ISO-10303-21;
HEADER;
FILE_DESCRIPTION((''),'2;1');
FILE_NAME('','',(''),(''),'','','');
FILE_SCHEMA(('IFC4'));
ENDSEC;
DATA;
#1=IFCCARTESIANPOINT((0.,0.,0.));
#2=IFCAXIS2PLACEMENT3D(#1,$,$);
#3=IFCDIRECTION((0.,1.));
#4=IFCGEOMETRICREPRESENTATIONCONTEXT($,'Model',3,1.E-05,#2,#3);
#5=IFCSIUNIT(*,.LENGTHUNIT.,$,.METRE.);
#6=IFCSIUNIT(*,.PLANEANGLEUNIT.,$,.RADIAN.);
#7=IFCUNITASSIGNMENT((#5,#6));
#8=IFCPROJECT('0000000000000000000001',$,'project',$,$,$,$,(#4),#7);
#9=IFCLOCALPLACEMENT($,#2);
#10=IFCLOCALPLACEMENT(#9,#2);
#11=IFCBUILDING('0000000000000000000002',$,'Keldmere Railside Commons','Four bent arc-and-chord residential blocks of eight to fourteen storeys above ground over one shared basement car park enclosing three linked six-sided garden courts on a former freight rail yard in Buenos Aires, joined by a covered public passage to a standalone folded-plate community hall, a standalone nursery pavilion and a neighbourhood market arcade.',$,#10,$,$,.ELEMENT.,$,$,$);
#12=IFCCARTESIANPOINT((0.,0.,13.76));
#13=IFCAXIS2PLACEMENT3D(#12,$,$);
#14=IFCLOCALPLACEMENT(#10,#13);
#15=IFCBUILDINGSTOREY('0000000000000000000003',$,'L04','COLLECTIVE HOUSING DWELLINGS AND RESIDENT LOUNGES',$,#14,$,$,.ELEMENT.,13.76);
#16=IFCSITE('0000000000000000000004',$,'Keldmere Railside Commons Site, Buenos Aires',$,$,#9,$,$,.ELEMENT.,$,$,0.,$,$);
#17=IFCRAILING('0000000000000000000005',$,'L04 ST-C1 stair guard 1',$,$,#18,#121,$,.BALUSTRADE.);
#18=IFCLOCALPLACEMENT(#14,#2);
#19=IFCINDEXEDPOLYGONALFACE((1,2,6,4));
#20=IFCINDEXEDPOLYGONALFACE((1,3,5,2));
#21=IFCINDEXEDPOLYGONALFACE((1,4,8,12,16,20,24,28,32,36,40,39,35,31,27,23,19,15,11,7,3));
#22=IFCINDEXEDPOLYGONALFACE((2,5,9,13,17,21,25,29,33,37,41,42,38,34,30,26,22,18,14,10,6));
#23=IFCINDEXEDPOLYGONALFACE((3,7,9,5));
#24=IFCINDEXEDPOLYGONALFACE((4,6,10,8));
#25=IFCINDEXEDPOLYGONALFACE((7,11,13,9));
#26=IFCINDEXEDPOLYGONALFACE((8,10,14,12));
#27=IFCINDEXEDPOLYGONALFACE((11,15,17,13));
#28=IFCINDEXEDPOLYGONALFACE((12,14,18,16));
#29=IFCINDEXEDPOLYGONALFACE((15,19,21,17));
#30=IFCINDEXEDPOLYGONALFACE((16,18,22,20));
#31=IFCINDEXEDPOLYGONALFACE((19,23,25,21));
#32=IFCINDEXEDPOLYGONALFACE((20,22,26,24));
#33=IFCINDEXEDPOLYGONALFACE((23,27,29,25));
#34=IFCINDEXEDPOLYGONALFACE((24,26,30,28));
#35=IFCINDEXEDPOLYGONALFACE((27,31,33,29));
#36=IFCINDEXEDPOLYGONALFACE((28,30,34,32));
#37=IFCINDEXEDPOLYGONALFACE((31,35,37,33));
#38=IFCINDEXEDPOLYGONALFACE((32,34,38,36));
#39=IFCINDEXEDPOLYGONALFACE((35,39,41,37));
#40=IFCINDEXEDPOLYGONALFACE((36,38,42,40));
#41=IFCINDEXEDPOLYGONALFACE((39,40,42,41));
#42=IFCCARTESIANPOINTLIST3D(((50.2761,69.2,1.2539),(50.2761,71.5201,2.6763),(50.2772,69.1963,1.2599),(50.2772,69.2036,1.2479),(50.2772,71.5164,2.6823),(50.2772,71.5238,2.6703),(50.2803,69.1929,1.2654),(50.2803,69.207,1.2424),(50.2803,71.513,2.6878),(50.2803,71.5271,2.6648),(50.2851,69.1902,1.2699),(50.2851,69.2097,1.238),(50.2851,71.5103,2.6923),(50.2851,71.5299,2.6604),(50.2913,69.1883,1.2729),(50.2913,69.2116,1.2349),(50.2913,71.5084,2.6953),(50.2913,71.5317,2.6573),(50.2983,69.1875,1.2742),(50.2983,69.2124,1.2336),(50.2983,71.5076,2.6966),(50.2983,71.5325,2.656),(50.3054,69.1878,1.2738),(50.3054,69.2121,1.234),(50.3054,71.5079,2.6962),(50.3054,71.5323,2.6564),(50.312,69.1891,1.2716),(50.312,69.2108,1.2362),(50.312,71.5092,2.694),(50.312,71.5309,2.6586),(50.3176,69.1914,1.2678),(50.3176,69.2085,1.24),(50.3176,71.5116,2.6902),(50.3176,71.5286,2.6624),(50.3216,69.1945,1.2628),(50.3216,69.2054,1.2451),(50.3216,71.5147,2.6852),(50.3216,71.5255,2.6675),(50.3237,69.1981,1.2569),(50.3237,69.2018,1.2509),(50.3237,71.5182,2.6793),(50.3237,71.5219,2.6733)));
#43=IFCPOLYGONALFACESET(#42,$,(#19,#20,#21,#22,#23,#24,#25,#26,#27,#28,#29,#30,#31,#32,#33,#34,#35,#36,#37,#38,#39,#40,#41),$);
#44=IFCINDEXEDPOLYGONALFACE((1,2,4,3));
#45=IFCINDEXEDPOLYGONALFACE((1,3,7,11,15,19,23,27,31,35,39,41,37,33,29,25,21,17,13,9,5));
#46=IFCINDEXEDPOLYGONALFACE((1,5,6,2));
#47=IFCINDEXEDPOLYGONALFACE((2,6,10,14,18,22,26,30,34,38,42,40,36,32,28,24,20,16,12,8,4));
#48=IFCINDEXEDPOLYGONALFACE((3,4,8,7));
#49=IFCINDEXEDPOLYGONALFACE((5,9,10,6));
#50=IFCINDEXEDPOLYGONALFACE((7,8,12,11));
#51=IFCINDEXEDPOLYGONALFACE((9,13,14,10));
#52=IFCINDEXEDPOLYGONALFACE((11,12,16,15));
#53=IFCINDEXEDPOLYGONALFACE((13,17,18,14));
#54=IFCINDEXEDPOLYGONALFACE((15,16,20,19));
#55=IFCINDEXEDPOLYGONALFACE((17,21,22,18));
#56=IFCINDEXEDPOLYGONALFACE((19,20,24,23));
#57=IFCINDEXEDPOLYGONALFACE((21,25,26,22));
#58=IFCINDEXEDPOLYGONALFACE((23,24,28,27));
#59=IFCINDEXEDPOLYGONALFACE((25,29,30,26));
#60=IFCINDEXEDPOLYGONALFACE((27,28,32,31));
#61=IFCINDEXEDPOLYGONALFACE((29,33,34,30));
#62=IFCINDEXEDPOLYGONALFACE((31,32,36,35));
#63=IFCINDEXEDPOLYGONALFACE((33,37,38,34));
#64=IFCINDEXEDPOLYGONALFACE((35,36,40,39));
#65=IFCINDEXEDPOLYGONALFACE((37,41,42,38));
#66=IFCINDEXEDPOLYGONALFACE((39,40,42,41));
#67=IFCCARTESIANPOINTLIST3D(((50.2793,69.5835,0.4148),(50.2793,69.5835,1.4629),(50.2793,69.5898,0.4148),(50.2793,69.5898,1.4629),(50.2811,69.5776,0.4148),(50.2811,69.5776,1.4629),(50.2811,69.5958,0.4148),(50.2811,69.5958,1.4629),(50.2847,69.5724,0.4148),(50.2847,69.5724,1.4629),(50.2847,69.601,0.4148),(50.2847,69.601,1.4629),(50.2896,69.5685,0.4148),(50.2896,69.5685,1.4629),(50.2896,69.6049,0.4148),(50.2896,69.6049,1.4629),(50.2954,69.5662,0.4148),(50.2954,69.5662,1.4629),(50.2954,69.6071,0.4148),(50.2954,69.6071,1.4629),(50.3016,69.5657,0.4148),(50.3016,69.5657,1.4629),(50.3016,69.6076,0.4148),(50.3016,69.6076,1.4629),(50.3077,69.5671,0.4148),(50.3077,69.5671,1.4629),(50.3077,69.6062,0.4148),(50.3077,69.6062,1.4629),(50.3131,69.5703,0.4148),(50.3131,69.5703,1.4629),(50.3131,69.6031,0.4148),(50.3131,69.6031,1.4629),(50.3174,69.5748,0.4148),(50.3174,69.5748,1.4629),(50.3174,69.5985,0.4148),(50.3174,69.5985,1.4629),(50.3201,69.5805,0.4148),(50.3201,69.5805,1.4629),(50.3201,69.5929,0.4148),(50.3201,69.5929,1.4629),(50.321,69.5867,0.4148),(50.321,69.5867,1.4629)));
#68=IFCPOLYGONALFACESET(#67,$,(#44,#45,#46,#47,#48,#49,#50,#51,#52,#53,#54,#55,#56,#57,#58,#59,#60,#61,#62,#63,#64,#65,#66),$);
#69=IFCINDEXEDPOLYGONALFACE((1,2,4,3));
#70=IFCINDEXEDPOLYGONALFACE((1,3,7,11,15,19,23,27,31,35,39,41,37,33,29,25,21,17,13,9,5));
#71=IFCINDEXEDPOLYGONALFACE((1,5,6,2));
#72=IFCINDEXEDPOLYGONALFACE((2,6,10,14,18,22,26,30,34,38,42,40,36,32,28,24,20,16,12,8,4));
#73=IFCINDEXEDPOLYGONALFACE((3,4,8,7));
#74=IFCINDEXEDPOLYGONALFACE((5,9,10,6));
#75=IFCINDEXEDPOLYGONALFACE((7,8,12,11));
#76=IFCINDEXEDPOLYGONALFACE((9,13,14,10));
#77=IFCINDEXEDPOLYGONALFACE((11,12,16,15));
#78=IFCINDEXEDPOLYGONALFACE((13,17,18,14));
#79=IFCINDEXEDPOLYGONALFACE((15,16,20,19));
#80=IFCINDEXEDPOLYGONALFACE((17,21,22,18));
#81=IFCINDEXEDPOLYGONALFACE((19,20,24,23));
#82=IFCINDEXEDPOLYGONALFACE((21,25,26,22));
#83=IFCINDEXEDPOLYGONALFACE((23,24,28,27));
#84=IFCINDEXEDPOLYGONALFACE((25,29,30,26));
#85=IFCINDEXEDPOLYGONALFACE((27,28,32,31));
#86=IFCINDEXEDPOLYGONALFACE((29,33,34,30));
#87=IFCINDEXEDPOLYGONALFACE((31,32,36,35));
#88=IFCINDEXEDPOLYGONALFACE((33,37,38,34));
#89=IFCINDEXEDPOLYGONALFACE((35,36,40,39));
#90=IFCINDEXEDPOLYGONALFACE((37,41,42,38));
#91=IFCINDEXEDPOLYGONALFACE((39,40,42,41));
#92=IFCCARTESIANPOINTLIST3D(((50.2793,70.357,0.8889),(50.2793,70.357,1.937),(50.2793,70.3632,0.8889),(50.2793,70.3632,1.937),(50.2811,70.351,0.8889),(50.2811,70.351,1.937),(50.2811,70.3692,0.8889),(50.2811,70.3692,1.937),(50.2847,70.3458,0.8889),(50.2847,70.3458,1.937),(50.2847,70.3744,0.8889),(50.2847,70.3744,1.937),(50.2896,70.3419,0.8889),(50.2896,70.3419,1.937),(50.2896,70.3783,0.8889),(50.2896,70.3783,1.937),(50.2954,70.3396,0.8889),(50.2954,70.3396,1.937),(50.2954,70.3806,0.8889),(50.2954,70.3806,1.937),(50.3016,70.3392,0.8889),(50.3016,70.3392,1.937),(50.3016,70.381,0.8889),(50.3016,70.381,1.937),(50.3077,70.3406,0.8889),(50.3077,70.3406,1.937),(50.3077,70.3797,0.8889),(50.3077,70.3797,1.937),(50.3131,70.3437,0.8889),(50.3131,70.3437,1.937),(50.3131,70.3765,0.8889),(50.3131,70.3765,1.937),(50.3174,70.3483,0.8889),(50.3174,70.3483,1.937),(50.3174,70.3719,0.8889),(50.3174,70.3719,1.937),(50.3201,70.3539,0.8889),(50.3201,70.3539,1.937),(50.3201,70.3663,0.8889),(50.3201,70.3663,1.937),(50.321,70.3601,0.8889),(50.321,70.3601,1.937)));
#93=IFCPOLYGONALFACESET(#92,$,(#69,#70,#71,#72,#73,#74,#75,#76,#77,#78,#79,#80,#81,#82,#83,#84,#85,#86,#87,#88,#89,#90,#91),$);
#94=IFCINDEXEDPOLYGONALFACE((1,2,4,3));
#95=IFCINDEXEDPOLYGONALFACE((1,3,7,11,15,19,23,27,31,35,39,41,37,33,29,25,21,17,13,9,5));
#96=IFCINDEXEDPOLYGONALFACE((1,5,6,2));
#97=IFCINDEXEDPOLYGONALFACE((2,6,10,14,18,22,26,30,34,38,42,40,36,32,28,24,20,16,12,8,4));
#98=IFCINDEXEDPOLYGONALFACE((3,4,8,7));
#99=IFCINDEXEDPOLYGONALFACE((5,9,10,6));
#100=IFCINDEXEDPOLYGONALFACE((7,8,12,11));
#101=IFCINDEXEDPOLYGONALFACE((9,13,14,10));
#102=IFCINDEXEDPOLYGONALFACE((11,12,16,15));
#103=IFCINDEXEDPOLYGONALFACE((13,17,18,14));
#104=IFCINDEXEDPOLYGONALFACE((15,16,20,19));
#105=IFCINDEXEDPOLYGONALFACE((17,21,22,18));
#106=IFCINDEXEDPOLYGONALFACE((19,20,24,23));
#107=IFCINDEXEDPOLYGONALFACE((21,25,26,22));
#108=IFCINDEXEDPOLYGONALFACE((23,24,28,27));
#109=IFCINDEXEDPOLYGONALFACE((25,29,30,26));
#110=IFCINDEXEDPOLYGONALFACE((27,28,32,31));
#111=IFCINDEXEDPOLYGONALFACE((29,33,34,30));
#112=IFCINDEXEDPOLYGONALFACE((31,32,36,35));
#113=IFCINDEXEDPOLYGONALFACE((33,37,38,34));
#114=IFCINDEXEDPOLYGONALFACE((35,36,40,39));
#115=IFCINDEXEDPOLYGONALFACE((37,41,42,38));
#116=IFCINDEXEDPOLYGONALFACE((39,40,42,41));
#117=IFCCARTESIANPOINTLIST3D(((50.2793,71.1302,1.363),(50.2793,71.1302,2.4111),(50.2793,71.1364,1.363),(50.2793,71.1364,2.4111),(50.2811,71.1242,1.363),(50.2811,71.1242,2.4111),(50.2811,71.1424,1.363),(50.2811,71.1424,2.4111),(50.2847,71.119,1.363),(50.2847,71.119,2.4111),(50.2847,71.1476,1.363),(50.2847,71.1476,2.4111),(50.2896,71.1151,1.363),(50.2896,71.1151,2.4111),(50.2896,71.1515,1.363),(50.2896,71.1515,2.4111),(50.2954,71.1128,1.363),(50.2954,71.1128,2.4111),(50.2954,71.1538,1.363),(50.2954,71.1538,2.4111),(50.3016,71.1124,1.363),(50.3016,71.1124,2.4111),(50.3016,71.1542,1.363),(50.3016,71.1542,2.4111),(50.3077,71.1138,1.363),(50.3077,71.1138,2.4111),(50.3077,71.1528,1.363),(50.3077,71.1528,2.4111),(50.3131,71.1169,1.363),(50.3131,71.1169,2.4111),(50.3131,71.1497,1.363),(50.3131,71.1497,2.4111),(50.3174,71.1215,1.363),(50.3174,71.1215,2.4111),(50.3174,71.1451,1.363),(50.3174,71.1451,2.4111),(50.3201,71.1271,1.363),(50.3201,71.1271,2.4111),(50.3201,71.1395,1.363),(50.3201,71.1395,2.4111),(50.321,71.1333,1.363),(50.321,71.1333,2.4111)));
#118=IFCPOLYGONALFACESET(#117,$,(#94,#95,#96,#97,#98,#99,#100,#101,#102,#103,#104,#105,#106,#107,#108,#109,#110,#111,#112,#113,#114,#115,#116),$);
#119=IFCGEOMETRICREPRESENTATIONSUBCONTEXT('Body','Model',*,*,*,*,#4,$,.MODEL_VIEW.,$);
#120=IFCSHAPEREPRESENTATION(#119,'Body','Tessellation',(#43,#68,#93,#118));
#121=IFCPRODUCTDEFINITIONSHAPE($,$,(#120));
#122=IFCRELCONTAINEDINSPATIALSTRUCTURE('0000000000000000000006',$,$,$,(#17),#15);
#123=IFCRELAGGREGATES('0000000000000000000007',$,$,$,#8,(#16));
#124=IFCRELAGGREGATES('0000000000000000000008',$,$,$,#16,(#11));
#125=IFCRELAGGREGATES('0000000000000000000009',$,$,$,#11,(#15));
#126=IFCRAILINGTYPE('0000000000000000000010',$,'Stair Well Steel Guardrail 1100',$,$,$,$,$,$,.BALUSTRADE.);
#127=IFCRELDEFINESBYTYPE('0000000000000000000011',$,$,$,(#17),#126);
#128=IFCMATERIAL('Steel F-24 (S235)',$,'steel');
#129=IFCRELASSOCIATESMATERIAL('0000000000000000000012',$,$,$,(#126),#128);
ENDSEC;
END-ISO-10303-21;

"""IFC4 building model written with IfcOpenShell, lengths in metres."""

from ifc_helpers import new_model, si_unit, direction, frame, origin, origin_2d, place, context, subcontext, project, spatial, circle, extrude, material, type_object, element, save


model = new_model("IFC4")

# Units and contexts
model_context = context("Model", 3, precision=1e-05, world=origin(), true_north=direction((0.0, 1.0)))
body_context = subcontext(model_context, "Body", "Model", "MODEL_VIEW")
ifc_project = project(units=[si_unit("LENGTHUNIT", "METRE"), si_unit("PLANEANGLEUNIT", "RADIAN")], contexts=[model_context])

# Site, building, storey
site_placement = place(None, origin())
site = spatial("IfcSite", under=ifc_project, at=site_placement, Name="Keldmere Railside Commons Site, Buenos Aires", CompositionType="ELEMENT", RefElevation=0.0)
building_placement = place(site_placement, origin())
building = spatial("IfcBuilding", under=site, at=building_placement, Name="Keldmere Railside Commons", Description="Four bent arc-and-chord residential blocks of eight to fourteen storeys above ground over one shared basement car park enclosing three linked six-sided garden courts on a former freight rail yard in Buenos Aires, joined by a covered public passage to a standalone folded-plate community hall, a standalone nursery pavilion and a neighbourhood market arcade.", CompositionType="ELEMENT")
storey_placement = place(building_placement, frame((0.0, 0.0, 13.76)))
storey = spatial("IfcBuildingStorey", under=building, at=storey_placement, Name="L04", Description="COLLECTIVE HOUSING DWELLINGS AND RESIDENT LOUNGES", CompositionType="ELEMENT", Elevation=13.76)

# Railing
ifc_material_1 = material(Name="Steel F-24 (S235)", Category="steel")
railing_type_1 = type_object("IfcRailingType", Name="Stair Well Steel Guardrail 1100", PredefinedType="BALUSTRADE", material=ifc_material_1)
railing_1_placement = place(storey_placement, frame((50.3, 69.2, 0.1777)))
element("IfcRailing", 1, at=railing_1_placement, inside=storey, type_object=railing_type_1, Name="L04 ST-C1 stair guard 1", PredefinedType="BALUSTRADE", context=body_context, shape_type="SweptSolid", body=[
    extrude(circle(Radius=0.0239, at=origin_2d()), frame((0.0, 0.0, 1.0762), z_axis=(0.0, 0.852538, 0.522665), x_axis=(-1.0, 0.0, 0.0)), (0.0, 0.0, 1.0), 2.7214),
    extrude(circle(Radius=0.021, at=origin_2d()), frame((0.0, 0.3867, 0.2371)), (0.0, 0.0, 1.0), 1.0481),
    extrude(circle(Radius=0.021, at=origin_2d()), frame((0.0, 1.1602, 0.7112)), (0.0, 0.0, 1.0), 1.0481),
    extrude(circle(Radius=0.021, at=origin_2d()), frame((0.0, 1.9333, 1.1853)), (0.0, 0.0, 1.0), 1.0481),
])

save(model, "model.ifc")
